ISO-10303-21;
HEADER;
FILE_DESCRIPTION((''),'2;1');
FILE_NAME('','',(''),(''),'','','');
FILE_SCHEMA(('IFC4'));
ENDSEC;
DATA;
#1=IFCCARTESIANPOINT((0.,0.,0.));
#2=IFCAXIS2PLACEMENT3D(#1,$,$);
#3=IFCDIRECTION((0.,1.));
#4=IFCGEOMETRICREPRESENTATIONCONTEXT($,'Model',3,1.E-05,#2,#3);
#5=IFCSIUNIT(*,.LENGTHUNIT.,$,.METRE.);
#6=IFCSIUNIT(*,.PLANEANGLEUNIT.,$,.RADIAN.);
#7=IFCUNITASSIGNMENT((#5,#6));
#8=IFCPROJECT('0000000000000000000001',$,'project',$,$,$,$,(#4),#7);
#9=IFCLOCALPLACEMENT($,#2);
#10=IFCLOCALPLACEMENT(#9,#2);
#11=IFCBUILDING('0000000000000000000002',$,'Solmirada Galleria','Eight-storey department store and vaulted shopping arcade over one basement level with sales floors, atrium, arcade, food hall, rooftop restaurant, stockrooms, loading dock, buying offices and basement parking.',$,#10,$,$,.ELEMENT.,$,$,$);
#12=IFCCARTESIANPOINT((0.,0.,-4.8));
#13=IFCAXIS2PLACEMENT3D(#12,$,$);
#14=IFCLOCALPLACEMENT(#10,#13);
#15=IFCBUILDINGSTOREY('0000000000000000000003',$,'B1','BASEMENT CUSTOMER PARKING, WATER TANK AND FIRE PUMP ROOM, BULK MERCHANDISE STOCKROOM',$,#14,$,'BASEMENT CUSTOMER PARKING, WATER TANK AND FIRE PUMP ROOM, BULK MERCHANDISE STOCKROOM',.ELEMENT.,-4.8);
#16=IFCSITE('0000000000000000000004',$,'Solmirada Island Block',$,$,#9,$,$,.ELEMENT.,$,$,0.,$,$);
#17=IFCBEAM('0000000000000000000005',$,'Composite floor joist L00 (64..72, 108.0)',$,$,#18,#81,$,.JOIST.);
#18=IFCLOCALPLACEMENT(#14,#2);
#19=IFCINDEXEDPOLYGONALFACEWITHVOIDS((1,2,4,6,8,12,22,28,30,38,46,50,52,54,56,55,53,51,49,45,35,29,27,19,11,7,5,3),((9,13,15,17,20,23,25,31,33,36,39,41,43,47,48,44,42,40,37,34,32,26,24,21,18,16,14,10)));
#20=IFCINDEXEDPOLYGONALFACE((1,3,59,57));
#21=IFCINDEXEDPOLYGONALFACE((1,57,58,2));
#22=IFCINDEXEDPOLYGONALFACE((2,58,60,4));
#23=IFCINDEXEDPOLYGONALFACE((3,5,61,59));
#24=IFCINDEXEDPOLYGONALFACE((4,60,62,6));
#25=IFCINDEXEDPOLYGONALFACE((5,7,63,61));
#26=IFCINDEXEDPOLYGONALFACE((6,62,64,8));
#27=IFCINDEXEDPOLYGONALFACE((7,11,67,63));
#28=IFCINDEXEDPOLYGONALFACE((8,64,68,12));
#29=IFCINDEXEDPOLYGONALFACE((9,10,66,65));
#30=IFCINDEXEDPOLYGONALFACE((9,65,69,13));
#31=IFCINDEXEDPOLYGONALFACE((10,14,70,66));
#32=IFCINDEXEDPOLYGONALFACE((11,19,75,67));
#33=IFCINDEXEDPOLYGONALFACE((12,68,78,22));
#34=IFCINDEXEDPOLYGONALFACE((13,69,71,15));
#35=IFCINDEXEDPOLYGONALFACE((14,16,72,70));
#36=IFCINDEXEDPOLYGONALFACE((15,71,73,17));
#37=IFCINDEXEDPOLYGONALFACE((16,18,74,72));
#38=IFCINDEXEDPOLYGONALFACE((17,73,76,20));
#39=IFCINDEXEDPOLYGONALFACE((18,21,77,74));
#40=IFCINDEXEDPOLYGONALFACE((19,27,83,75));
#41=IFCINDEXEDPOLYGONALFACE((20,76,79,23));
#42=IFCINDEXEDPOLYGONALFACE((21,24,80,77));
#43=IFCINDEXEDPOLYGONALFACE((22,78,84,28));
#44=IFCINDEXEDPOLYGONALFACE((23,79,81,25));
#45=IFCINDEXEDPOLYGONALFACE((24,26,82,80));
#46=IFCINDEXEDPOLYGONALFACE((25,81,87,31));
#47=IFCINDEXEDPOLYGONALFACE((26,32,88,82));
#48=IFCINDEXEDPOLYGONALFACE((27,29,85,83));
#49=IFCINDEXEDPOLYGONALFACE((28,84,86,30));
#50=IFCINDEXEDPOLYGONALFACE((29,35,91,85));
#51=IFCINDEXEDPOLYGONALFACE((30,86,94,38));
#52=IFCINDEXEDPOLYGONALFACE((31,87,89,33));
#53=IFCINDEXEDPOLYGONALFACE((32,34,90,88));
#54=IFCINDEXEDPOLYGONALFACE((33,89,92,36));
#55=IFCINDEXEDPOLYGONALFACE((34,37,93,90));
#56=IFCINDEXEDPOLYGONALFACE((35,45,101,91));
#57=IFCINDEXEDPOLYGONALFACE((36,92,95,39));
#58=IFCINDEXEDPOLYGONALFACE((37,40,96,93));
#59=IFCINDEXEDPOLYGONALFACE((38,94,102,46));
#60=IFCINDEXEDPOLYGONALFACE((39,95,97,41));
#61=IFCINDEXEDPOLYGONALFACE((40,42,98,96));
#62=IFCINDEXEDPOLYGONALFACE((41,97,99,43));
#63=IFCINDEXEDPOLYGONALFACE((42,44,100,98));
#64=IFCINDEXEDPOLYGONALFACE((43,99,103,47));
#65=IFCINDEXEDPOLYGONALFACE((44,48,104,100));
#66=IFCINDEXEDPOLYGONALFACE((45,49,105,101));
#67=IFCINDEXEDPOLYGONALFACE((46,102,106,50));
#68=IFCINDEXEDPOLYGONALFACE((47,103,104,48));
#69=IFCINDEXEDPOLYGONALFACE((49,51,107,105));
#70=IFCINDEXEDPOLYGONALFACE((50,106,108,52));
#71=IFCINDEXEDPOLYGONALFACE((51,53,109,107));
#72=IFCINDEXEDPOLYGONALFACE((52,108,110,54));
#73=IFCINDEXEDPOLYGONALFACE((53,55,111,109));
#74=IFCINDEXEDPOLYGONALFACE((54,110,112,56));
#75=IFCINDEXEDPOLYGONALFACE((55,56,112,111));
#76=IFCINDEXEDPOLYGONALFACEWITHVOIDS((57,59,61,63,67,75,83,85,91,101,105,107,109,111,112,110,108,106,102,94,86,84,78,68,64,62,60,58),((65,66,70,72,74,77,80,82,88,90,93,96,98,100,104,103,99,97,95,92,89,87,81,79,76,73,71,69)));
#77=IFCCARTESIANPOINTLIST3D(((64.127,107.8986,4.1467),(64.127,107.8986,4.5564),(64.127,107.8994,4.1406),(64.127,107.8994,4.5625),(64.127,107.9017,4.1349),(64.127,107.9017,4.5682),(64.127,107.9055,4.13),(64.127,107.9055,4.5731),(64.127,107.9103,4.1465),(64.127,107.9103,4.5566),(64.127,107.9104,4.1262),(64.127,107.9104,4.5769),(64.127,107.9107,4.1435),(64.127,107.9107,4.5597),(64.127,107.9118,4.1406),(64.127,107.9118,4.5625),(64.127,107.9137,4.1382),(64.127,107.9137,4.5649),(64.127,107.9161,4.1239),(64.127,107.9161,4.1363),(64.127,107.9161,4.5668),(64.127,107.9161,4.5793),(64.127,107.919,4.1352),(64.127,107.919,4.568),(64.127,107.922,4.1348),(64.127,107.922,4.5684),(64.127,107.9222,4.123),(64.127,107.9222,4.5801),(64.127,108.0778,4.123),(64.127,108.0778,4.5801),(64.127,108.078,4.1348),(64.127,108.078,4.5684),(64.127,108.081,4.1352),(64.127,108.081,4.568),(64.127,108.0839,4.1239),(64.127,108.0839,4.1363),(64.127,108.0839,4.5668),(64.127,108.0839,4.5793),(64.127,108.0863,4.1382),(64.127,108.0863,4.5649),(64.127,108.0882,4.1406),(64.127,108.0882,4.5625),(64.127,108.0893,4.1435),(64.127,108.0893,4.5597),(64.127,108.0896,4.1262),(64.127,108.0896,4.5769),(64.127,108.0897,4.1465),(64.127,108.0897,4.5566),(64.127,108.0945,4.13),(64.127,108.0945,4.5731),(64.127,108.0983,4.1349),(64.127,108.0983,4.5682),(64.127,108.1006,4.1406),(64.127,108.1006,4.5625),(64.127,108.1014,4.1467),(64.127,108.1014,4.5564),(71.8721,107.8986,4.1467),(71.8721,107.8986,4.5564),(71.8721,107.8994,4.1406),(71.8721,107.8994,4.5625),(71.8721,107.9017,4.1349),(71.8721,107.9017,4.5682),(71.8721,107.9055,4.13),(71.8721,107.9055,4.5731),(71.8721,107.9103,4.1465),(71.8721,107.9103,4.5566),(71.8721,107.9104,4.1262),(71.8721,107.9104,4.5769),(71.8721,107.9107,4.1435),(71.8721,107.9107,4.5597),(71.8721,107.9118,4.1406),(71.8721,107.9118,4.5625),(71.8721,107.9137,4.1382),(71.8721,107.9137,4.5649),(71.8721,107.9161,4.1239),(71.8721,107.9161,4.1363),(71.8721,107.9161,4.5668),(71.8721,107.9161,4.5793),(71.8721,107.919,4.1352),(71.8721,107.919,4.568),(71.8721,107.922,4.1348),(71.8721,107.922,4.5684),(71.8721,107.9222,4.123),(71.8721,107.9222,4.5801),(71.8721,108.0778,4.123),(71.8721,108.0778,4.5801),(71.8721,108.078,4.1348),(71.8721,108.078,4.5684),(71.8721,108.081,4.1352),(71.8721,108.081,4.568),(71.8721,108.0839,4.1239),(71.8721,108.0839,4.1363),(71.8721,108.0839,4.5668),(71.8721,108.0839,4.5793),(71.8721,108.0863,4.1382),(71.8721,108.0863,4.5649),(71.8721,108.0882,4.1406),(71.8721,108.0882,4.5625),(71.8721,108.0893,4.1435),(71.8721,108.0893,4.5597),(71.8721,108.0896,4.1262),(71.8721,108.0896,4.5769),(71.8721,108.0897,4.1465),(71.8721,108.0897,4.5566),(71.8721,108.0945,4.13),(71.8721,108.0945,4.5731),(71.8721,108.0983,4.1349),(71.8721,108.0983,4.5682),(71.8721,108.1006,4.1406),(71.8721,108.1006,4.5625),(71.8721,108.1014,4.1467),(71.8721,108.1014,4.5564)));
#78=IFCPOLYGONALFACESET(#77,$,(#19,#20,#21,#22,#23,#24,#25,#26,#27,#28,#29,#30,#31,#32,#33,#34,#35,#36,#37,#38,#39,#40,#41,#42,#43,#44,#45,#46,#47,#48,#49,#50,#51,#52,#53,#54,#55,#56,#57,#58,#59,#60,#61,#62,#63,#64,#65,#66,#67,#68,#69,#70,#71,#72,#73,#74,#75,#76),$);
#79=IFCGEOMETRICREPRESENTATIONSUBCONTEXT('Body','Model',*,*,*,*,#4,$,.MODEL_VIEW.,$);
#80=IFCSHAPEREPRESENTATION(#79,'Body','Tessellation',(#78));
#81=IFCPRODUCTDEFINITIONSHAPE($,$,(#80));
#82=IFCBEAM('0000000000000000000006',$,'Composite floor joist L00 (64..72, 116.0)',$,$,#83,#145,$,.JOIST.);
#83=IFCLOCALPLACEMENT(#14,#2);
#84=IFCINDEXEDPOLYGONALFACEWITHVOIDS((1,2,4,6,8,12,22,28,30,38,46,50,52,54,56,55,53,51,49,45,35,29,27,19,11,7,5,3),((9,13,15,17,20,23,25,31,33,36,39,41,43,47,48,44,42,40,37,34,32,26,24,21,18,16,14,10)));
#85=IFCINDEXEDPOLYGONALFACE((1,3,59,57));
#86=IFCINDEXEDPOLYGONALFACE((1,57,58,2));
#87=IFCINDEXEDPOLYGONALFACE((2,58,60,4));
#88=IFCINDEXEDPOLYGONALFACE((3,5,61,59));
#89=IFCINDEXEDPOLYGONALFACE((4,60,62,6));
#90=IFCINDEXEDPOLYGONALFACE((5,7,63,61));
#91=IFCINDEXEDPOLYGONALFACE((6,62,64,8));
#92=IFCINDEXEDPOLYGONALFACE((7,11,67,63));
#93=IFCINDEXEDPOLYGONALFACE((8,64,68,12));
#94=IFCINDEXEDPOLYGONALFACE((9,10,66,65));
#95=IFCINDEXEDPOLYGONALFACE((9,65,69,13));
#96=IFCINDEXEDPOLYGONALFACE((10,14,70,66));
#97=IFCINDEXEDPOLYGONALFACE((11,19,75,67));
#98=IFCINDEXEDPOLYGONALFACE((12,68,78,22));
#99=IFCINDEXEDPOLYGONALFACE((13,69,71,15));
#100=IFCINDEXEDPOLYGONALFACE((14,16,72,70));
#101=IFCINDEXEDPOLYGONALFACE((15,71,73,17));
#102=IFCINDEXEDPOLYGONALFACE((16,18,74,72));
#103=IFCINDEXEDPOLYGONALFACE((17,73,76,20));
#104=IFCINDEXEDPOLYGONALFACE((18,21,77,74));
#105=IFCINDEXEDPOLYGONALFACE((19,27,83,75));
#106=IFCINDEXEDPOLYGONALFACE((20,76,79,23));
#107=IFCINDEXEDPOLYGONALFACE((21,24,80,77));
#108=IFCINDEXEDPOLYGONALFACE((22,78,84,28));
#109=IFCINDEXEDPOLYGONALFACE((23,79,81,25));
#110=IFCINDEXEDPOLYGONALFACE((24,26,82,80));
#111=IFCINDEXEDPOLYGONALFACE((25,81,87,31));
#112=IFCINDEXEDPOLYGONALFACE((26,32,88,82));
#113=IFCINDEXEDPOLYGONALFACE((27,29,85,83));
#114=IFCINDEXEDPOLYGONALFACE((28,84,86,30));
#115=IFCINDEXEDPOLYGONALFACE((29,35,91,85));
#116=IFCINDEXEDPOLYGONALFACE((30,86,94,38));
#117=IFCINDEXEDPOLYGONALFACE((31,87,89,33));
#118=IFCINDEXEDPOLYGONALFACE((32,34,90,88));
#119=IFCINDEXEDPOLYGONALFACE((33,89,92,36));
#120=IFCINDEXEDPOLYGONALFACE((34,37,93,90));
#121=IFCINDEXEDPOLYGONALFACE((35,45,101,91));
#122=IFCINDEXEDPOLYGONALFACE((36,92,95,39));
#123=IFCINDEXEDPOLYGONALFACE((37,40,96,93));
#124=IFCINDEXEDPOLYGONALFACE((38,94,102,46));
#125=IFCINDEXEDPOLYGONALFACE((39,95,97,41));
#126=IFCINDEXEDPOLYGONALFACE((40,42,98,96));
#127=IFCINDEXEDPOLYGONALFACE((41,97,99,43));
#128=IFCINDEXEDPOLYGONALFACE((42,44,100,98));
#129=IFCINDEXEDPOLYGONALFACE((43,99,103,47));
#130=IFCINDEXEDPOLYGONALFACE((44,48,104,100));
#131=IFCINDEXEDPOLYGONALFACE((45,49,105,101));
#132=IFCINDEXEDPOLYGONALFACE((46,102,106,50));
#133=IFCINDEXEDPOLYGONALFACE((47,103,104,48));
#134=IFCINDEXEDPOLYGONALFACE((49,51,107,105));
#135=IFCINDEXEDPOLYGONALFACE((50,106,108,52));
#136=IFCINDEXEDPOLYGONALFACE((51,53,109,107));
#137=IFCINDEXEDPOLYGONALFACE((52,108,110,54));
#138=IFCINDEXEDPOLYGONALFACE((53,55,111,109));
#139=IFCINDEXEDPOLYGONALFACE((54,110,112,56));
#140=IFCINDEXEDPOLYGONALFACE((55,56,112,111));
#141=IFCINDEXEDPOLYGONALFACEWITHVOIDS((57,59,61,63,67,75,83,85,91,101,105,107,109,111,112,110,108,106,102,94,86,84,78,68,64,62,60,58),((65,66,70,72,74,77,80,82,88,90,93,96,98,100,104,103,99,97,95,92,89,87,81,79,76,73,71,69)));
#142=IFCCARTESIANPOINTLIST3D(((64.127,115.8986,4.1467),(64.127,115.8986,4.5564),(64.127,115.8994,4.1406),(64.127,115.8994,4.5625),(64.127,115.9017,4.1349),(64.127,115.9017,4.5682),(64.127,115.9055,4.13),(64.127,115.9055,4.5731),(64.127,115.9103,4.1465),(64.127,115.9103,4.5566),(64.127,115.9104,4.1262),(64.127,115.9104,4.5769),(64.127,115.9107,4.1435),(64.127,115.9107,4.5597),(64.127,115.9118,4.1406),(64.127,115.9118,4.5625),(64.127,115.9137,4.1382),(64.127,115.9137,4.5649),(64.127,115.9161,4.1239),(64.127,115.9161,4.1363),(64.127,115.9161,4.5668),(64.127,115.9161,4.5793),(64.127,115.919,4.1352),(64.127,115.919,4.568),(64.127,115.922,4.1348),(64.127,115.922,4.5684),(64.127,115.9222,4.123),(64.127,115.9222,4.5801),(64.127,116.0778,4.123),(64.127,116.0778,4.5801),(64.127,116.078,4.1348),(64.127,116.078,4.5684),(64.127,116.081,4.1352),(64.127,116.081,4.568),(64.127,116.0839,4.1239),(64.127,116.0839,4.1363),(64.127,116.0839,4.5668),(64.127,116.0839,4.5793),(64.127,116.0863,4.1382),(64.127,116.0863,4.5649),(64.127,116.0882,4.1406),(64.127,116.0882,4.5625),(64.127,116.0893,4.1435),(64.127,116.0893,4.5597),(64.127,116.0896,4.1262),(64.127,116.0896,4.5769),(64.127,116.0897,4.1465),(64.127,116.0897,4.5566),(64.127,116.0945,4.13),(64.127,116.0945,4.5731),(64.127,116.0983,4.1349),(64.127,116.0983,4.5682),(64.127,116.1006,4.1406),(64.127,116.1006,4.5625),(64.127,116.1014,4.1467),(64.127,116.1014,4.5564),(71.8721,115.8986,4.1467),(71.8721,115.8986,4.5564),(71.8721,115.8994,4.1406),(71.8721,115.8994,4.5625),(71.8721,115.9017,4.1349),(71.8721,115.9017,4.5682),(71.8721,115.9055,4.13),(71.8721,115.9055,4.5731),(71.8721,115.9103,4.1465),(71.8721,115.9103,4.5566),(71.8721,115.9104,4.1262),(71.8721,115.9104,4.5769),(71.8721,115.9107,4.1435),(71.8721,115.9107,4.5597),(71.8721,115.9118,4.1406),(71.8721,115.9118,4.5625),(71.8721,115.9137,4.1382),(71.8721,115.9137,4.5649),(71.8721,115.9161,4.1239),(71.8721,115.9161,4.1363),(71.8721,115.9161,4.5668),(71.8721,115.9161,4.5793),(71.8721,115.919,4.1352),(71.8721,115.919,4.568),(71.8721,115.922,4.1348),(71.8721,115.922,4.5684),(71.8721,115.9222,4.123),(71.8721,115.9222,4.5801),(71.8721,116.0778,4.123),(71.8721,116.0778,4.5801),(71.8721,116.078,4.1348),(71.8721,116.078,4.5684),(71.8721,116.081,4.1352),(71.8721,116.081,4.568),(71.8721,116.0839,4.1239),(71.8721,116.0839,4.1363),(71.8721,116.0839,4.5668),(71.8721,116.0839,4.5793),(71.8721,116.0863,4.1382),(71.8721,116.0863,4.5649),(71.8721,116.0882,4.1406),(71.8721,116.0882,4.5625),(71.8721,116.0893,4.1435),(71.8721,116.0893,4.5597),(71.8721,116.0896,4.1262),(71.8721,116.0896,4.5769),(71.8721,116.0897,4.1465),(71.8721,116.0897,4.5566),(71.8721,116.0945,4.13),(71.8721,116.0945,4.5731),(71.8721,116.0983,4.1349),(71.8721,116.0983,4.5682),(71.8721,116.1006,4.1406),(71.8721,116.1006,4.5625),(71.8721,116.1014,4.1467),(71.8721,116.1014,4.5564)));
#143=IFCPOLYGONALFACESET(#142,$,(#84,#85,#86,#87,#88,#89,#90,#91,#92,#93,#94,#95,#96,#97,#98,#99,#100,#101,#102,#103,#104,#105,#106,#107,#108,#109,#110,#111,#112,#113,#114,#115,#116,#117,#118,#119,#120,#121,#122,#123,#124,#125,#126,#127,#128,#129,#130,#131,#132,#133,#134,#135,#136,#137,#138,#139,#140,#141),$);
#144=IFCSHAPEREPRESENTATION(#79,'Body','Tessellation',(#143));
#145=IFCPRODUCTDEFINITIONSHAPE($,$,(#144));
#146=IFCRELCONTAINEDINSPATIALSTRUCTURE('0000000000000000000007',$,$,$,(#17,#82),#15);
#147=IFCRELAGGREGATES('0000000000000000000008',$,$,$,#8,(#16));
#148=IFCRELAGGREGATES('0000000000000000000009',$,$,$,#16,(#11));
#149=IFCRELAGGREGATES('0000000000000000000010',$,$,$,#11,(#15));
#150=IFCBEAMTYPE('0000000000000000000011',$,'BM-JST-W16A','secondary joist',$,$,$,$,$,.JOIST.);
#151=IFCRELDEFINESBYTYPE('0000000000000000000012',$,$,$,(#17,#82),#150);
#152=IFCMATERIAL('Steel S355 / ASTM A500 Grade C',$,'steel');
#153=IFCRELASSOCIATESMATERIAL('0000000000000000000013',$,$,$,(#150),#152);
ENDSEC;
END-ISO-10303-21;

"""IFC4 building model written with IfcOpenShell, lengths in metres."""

from ifc_helpers import new_model, si_unit, direction, frame, origin, origin_2d, place, context, subcontext, project, spatial, hollow_rectangle, extrude, material, material_profile, profile_set, type_object, element, save


model = new_model("IFC4")

# Units and contexts
model_context = context("Model", 3, precision=1e-05, world=origin(), true_north=direction((0.0, 1.0)))
body_context = subcontext(model_context, "Body", "Model", "MODEL_VIEW")
ifc_project = project(units=[si_unit("LENGTHUNIT", "METRE"), si_unit("PLANEANGLEUNIT", "RADIAN")], contexts=[model_context])

# Site, building, storey
site_placement = place(None, origin())
site = spatial("IfcSite", under=ifc_project, at=site_placement, Name="Solmirada Island Block", CompositionType="ELEMENT", RefElevation=0.0)
building_placement = place(site_placement, origin())
building = spatial("IfcBuilding", under=site, at=building_placement, Name="Solmirada Galleria", Description="Eight-storey department store and vaulted shopping arcade over one basement level with sales floors, atrium, arcade, food hall, rooftop restaurant, stockrooms, loading dock, buying offices and basement parking.", CompositionType="ELEMENT")
storey_placement = place(building_placement, frame((0.0, 0.0, -4.8)))
storey = spatial("IfcBuildingStorey", under=building, at=storey_placement, Name="B1", Description="BASEMENT CUSTOMER PARKING, WATER TANK AND FIRE PUMP ROOM, BULK MERCHANDISE STOCKROOM", LongName="BASEMENT CUSTOMER PARKING, WATER TANK AND FIRE PUMP ROOM, BULK MERCHANDISE STOCKROOM", CompositionType="ELEMENT", Elevation=-4.8)

# Shared definitions
ifc_material_1 = material(Name="Steel S355 / ASTM A500 Grade C", Category="steel")

# Beams
ifc_material_profile_1 = material_profile(ifc_material_1, hollow_rectangle(XDim=0.2029, YDim=0.457, WallThickness=0.0117, InnerFilletRadius=0.0117, OuterFilletRadius=0.0237, at=origin_2d()), Name="HSS18X8X1/2")
ifc_profile_set_1 = profile_set([ifc_material_profile_1], Name="Steel S355 / ASTM A500 Grade C")
beam_type_1 = type_object("IfcBeamType", Name="BM-JST-W16A", Description="secondary joist", PredefinedType="JOIST", material=ifc_profile_set_1)
for number, where, z_axis, x_axis, name in (
    (1, (64.127, 108.0, 4.3516), (1.0, 0.0, 0.0), (0.0, 1.0, 0.0), "Composite floor joist L00 (64..72, 108.0)"),
    (2, (64.127, 116.0, 4.3516), (1.0, 0.0, 0.0), (0.0, 1.0, 0.0), "Composite floor joist L00 (64..72, 116.0)"),
):
    element("IfcBeam", number, at=place(storey_placement, frame(where, z_axis=z_axis, x_axis=x_axis)), inside=storey, type_object=beam_type_1, Name=name, PredefinedType="JOIST", context=body_context, shape_type="SweptSolid", body=[
        extrude(hollow_rectangle(XDim=0.2029, YDim=0.457, WallThickness=0.0117, InnerFilletRadius=0.0117, OuterFilletRadius=0.0237, at=origin_2d()), origin(), (0.0, 0.0, 1.0), 7.7451),
    ])

save(model, "model.ifc")
